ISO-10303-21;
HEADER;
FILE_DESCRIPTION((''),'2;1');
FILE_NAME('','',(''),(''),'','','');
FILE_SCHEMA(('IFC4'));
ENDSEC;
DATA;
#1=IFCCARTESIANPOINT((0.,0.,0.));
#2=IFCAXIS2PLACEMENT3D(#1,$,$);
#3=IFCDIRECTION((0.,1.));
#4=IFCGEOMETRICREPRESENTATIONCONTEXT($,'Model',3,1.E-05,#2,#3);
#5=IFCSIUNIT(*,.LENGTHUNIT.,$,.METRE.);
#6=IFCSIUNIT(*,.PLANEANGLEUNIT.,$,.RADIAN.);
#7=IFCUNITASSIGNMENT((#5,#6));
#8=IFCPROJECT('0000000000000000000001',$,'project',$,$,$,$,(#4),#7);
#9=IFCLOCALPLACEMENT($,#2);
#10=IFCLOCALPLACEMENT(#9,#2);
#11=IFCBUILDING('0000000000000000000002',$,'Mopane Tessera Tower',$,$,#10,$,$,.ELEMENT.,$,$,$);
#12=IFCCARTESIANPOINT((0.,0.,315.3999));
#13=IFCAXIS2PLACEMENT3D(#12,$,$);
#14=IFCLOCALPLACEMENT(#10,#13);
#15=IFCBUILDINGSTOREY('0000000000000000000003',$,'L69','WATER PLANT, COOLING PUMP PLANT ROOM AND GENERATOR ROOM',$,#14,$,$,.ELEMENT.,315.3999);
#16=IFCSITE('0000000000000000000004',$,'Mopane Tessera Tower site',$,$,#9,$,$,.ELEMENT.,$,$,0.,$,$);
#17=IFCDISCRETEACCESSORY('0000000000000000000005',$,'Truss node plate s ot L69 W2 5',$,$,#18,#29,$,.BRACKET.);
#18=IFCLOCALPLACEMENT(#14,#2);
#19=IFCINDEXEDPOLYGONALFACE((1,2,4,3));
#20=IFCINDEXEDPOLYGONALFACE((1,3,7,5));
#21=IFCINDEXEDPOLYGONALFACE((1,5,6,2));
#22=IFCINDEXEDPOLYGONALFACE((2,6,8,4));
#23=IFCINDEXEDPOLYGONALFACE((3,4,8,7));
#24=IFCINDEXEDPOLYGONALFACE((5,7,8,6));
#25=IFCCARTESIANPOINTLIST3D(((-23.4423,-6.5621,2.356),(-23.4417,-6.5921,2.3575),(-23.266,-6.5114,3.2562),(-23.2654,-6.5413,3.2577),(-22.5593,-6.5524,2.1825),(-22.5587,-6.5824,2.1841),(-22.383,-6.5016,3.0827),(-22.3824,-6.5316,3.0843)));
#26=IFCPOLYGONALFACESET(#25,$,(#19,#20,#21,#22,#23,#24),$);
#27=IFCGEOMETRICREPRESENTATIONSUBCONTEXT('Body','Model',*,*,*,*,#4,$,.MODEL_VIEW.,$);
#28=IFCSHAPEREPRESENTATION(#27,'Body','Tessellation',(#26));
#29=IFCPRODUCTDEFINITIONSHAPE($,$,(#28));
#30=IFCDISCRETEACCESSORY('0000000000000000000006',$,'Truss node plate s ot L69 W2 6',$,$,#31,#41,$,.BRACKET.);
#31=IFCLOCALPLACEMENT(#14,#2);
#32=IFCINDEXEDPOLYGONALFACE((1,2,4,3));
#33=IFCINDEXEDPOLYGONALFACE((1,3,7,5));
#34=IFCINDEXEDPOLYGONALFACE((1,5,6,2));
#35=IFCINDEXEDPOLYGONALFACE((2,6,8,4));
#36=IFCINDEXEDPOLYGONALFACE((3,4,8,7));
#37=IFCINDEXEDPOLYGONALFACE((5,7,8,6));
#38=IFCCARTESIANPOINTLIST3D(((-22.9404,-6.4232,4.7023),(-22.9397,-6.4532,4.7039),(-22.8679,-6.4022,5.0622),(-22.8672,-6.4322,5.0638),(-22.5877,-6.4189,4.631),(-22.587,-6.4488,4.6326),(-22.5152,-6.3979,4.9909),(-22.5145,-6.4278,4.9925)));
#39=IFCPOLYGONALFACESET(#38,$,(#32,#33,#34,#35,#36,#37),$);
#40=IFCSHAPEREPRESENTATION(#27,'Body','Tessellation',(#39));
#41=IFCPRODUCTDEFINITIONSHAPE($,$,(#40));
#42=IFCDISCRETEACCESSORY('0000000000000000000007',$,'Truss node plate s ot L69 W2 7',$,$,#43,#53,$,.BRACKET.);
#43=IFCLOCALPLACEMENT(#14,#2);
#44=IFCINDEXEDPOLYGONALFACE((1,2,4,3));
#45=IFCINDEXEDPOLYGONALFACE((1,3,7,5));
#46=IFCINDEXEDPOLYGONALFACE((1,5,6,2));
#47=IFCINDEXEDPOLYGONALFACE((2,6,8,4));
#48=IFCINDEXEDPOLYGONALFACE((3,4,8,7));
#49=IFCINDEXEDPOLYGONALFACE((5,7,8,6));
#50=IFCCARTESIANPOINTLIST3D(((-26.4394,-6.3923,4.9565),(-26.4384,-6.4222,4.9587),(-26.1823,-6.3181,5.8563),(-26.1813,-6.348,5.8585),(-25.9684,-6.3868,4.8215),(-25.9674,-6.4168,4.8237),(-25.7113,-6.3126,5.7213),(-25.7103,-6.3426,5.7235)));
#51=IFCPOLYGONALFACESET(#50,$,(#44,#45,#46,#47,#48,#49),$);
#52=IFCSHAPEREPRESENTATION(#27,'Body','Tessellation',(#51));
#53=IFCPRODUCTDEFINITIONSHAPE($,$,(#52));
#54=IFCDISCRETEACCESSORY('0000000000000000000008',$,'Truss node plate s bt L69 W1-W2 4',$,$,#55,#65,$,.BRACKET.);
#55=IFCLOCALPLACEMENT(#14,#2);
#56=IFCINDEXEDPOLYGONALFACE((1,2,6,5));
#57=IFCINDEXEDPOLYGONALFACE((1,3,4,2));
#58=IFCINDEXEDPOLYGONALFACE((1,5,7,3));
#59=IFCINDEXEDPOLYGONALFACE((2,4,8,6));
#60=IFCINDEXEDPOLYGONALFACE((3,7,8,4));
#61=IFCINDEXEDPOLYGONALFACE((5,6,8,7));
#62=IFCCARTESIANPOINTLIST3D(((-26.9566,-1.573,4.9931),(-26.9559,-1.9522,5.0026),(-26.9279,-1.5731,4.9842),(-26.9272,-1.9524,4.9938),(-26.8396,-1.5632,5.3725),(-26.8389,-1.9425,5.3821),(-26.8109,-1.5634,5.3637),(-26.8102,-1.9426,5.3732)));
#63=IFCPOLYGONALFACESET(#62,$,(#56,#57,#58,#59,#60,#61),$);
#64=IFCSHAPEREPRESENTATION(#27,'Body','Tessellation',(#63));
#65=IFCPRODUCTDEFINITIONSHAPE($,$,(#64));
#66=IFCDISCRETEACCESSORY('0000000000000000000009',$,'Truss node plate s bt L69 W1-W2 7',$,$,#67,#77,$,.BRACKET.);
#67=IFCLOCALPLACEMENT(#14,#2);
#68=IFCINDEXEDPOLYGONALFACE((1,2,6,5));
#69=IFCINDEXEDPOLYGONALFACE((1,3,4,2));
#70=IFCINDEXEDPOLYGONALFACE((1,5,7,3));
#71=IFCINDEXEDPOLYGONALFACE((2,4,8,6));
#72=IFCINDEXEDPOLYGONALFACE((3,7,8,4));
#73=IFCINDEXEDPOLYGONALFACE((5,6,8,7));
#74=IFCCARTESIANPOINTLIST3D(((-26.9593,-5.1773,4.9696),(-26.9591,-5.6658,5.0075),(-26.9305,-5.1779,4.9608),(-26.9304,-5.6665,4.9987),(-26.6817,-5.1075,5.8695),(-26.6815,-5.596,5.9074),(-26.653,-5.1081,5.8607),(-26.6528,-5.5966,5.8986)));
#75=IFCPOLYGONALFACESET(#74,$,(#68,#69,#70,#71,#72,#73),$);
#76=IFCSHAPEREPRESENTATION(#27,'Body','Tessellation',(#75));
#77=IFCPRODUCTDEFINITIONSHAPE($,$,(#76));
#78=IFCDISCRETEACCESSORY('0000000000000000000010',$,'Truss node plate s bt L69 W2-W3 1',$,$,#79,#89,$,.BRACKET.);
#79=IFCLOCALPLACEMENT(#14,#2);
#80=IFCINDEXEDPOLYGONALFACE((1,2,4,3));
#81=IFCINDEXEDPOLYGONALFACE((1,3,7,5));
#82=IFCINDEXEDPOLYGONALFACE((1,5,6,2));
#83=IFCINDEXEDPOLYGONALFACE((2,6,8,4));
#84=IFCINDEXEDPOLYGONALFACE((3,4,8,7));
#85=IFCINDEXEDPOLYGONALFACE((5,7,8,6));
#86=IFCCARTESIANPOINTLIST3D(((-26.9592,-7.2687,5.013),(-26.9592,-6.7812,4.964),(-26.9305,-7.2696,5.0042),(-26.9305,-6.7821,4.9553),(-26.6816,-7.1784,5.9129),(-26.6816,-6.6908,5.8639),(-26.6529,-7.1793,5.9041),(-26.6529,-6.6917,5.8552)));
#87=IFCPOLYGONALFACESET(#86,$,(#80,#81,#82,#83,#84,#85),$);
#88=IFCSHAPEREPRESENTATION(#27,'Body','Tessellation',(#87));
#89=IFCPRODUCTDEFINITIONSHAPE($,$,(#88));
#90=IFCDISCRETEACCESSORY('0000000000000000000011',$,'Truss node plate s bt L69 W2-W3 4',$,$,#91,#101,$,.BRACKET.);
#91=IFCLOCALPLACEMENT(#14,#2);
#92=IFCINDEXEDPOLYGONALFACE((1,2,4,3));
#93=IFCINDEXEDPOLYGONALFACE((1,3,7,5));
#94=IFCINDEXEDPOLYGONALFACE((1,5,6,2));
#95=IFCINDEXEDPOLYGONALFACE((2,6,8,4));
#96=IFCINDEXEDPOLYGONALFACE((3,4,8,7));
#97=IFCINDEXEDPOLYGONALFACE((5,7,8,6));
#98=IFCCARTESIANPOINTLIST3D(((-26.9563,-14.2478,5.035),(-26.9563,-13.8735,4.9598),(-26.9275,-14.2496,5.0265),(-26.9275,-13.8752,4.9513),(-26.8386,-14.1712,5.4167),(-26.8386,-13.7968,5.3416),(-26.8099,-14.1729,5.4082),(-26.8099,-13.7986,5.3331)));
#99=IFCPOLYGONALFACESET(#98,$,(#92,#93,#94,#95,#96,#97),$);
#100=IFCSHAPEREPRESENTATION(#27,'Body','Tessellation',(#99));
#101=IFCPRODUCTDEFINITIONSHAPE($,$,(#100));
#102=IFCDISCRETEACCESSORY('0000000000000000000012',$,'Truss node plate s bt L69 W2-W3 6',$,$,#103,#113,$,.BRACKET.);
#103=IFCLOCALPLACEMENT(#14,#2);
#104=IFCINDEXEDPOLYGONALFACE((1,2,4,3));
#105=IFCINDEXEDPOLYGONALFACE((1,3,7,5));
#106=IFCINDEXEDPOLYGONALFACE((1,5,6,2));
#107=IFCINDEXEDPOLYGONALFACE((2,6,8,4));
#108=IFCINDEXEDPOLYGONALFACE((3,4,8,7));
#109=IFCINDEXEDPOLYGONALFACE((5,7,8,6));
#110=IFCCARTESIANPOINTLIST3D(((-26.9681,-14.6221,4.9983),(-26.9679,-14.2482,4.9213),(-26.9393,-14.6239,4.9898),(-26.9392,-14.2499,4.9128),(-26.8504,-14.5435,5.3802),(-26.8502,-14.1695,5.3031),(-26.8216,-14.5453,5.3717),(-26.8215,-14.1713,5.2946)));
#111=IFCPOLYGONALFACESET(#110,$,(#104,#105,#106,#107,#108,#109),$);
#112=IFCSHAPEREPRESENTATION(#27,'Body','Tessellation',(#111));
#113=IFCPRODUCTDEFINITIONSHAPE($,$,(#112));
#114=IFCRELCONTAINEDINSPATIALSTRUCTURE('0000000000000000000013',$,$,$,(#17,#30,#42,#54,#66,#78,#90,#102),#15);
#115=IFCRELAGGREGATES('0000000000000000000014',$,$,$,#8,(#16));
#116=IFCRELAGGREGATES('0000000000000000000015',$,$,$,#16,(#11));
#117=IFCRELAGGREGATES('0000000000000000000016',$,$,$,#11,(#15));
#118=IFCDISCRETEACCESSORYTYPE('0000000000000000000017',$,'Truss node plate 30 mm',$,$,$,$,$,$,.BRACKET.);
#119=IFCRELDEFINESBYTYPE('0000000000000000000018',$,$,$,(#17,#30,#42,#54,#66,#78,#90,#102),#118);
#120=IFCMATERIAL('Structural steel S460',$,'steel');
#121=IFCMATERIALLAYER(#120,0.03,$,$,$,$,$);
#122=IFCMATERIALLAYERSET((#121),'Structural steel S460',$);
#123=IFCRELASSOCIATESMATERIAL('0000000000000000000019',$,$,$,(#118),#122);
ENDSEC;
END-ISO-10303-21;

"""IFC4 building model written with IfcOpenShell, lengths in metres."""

from ifc_helpers import new_model, si_unit, direction, frame, origin, origin_2d, place, context, subcontext, project, spatial, rectangle, extrude, material, layer, layer_set, type_object, element, save


model = new_model("IFC4")

# Units and contexts
model_context = context("Model", 3, precision=1e-05, world=origin(), true_north=direction((0.0, 1.0)))
body_context = subcontext(model_context, "Body", "Model", "MODEL_VIEW")
ifc_project = project(units=[si_unit("LENGTHUNIT", "METRE"), si_unit("PLANEANGLEUNIT", "RADIAN")], contexts=[model_context])

# Site, building, storey
site_placement = place(None, origin())
site = spatial("IfcSite", under=ifc_project, at=site_placement, Name="Mopane Tessera Tower site", CompositionType="ELEMENT", RefElevation=0.0)
building_placement = place(site_placement, origin())
building = spatial("IfcBuilding", under=site, at=building_placement, Name="Mopane Tessera Tower", CompositionType="ELEMENT")
storey_placement = place(building_placement, frame((0.0, 0.0, 315.3999)))
storey = spatial("IfcBuildingStorey", under=building, at=storey_placement, Name="L69", Description="WATER PLANT, COOLING PUMP PLANT ROOM AND GENERATOR ROOM", CompositionType="ELEMENT", Elevation=315.3999)

# Discrete accessories
ifc_material_1 = material(Name="Structural steel S460", Category="steel")
ifc_layer_1 = layer(ifc_material_1, 0.03)
ifc_layer_set_1 = layer_set([ifc_layer_1], Name="Structural steel S460")
discrete_accessory_type = type_object("IfcDiscreteAccessoryType", Name="Truss node plate 30 mm", PredefinedType="BRACKET", material=ifc_layer_set_1)
discrete_accessory_1_placement = place(storey_placement, frame((-23.0005, -6.5723, 2.27), z_axis=(0.191879, 0.055278, 0.979861), x_axis=(0.021253, -0.998412, 0.052163)))
element("IfcDiscreteAccessory", 1, at=discrete_accessory_1_placement, inside=storey, type_object=discrete_accessory_type, Name="Truss node plate s ot L69 W2 5", PredefinedType="BRACKET", context=body_context, shape_type="SweptSolid", body=[
    extrude(rectangle(XDim=0.03, YDim=0.8999, at=origin_2d()), origin(), (0.0, 0.0, 1.0), 0.9187),
])
discrete_accessory_2_placement = place(storey_placement, frame((-22.7637, -6.436, 4.6675), z_axis=(0.197201, 0.057102, 0.978699), x_axis=(0.023187, -0.998295, 0.053573)))
element("IfcDiscreteAccessory", 2, at=discrete_accessory_2_placement, inside=storey, type_object=discrete_accessory_type, Name="Truss node plate s ot L69 W2 6", PredefinedType="BRACKET", context=body_context, shape_type="SweptSolid", body=[
    extrude(rectangle(XDim=0.03, YDim=0.3599, at=origin_2d()), origin(), (0.0, 0.0, 1.0), 0.3677),
])
discrete_accessory_3_placement = place(storey_placement, frame((-26.2034, -6.4045, 4.8901), z_axis=(0.273827, 0.079054, 0.958525), x_axis=(0.032456, -0.996808, 0.072939)))
element("IfcDiscreteAccessory", 3, at=discrete_accessory_3_placement, inside=storey, type_object=discrete_accessory_type, Name="Truss node plate s ot L69 W2 7", PredefinedType="BRACKET", context=body_context, shape_type="SweptSolid", body=[
    extrude(rectangle(XDim=0.03, YDim=0.49, at=origin_2d()), origin(), (0.0, 0.0, 1.0), 0.9387),
])
discrete_accessory_4_placement = place(storey_placement, frame((-26.9419, -1.7627, 4.9934), z_axis=(0.294472, 0.024591, 0.955344), x_axis=(0.955658, -0.00568, -0.294423)))
element("IfcDiscreteAccessory", 4, at=discrete_accessory_4_placement, inside=storey, type_object=discrete_accessory_type, Name="Truss node plate s bt L69 W1-W2 4", PredefinedType="BRACKET", context=body_context, shape_type="SweptSolid", body=[
    extrude(rectangle(XDim=0.03, YDim=0.3794, at=origin_2d()), origin(), (0.0, 0.0, 1.0), 0.3972),
])
discrete_accessory_5_placement = place(storey_placement, frame((-26.9448, -5.4219, 4.9841), z_axis=(0.293953, 0.073941, 0.952956), x_axis=(0.95582, -0.022414, -0.293097)))
element("IfcDiscreteAccessory", 5, at=discrete_accessory_5_placement, inside=storey, type_object=discrete_accessory_type, Name="Truss node plate s bt L69 W1-W2 7", PredefinedType="BRACKET", context=body_context, shape_type="SweptSolid", body=[
    extrude(rectangle(XDim=0.03, YDim=0.49, at=origin_2d()), origin(), (0.0, 0.0, 1.0), 0.9443),
])
discrete_accessory_6_placement = place(storey_placement, frame((-26.9448, -7.0254, 4.9841), z_axis=(0.293413, 0.095482, 0.951206), x_axis=(0.955986, -0.029385, -0.291938)))
element("IfcDiscreteAccessory", 6, at=discrete_accessory_6_placement, inside=storey, type_object=discrete_accessory_type, Name="Truss node plate s bt L69 W2-W3 1", PredefinedType="BRACKET", context=body_context, shape_type="SweptSolid", body=[
    extrude(rectangle(XDim=0.03, YDim=0.49, at=origin_2d()), origin(), (0.0, 0.0, 1.0), 0.946),
])
discrete_accessory_7_placement = place(storey_placement, frame((-26.9419, -14.0615, 4.9932), z_axis=(0.28924, 0.188426, 0.938529), x_axis=(0.957257, -0.057024, -0.283563)))
element("IfcDiscreteAccessory", 7, at=discrete_accessory_7_placement, inside=storey, type_object=discrete_accessory_type, Name="Truss node plate s bt L69 W2-W3 4", PredefinedType="BRACKET", context=body_context, shape_type="SweptSolid", body=[
    extrude(rectangle(XDim=0.03, YDim=0.3818, at=origin_2d()), origin(), (0.0, 0.0, 1.0), 0.4067),
])
discrete_accessory_8_placement = place(storey_placement, frame((-26.9536, -14.436, 4.9556), z_axis=(0.288975, 0.19305, 0.93767), x_axis=(0.957337, -0.058646, -0.282962)))
element("IfcDiscreteAccessory", 8, at=discrete_accessory_8_placement, inside=storey, type_object=discrete_accessory_type, Name="Truss node plate s bt L69 W2-W3 6", PredefinedType="BRACKET", context=body_context, shape_type="SweptSolid", body=[
    extrude(rectangle(XDim=0.03, YDim=0.3818, at=origin_2d()), origin(), (0.0, 0.0, 1.0), 0.4072),
])

save(model, "model.ifc")
